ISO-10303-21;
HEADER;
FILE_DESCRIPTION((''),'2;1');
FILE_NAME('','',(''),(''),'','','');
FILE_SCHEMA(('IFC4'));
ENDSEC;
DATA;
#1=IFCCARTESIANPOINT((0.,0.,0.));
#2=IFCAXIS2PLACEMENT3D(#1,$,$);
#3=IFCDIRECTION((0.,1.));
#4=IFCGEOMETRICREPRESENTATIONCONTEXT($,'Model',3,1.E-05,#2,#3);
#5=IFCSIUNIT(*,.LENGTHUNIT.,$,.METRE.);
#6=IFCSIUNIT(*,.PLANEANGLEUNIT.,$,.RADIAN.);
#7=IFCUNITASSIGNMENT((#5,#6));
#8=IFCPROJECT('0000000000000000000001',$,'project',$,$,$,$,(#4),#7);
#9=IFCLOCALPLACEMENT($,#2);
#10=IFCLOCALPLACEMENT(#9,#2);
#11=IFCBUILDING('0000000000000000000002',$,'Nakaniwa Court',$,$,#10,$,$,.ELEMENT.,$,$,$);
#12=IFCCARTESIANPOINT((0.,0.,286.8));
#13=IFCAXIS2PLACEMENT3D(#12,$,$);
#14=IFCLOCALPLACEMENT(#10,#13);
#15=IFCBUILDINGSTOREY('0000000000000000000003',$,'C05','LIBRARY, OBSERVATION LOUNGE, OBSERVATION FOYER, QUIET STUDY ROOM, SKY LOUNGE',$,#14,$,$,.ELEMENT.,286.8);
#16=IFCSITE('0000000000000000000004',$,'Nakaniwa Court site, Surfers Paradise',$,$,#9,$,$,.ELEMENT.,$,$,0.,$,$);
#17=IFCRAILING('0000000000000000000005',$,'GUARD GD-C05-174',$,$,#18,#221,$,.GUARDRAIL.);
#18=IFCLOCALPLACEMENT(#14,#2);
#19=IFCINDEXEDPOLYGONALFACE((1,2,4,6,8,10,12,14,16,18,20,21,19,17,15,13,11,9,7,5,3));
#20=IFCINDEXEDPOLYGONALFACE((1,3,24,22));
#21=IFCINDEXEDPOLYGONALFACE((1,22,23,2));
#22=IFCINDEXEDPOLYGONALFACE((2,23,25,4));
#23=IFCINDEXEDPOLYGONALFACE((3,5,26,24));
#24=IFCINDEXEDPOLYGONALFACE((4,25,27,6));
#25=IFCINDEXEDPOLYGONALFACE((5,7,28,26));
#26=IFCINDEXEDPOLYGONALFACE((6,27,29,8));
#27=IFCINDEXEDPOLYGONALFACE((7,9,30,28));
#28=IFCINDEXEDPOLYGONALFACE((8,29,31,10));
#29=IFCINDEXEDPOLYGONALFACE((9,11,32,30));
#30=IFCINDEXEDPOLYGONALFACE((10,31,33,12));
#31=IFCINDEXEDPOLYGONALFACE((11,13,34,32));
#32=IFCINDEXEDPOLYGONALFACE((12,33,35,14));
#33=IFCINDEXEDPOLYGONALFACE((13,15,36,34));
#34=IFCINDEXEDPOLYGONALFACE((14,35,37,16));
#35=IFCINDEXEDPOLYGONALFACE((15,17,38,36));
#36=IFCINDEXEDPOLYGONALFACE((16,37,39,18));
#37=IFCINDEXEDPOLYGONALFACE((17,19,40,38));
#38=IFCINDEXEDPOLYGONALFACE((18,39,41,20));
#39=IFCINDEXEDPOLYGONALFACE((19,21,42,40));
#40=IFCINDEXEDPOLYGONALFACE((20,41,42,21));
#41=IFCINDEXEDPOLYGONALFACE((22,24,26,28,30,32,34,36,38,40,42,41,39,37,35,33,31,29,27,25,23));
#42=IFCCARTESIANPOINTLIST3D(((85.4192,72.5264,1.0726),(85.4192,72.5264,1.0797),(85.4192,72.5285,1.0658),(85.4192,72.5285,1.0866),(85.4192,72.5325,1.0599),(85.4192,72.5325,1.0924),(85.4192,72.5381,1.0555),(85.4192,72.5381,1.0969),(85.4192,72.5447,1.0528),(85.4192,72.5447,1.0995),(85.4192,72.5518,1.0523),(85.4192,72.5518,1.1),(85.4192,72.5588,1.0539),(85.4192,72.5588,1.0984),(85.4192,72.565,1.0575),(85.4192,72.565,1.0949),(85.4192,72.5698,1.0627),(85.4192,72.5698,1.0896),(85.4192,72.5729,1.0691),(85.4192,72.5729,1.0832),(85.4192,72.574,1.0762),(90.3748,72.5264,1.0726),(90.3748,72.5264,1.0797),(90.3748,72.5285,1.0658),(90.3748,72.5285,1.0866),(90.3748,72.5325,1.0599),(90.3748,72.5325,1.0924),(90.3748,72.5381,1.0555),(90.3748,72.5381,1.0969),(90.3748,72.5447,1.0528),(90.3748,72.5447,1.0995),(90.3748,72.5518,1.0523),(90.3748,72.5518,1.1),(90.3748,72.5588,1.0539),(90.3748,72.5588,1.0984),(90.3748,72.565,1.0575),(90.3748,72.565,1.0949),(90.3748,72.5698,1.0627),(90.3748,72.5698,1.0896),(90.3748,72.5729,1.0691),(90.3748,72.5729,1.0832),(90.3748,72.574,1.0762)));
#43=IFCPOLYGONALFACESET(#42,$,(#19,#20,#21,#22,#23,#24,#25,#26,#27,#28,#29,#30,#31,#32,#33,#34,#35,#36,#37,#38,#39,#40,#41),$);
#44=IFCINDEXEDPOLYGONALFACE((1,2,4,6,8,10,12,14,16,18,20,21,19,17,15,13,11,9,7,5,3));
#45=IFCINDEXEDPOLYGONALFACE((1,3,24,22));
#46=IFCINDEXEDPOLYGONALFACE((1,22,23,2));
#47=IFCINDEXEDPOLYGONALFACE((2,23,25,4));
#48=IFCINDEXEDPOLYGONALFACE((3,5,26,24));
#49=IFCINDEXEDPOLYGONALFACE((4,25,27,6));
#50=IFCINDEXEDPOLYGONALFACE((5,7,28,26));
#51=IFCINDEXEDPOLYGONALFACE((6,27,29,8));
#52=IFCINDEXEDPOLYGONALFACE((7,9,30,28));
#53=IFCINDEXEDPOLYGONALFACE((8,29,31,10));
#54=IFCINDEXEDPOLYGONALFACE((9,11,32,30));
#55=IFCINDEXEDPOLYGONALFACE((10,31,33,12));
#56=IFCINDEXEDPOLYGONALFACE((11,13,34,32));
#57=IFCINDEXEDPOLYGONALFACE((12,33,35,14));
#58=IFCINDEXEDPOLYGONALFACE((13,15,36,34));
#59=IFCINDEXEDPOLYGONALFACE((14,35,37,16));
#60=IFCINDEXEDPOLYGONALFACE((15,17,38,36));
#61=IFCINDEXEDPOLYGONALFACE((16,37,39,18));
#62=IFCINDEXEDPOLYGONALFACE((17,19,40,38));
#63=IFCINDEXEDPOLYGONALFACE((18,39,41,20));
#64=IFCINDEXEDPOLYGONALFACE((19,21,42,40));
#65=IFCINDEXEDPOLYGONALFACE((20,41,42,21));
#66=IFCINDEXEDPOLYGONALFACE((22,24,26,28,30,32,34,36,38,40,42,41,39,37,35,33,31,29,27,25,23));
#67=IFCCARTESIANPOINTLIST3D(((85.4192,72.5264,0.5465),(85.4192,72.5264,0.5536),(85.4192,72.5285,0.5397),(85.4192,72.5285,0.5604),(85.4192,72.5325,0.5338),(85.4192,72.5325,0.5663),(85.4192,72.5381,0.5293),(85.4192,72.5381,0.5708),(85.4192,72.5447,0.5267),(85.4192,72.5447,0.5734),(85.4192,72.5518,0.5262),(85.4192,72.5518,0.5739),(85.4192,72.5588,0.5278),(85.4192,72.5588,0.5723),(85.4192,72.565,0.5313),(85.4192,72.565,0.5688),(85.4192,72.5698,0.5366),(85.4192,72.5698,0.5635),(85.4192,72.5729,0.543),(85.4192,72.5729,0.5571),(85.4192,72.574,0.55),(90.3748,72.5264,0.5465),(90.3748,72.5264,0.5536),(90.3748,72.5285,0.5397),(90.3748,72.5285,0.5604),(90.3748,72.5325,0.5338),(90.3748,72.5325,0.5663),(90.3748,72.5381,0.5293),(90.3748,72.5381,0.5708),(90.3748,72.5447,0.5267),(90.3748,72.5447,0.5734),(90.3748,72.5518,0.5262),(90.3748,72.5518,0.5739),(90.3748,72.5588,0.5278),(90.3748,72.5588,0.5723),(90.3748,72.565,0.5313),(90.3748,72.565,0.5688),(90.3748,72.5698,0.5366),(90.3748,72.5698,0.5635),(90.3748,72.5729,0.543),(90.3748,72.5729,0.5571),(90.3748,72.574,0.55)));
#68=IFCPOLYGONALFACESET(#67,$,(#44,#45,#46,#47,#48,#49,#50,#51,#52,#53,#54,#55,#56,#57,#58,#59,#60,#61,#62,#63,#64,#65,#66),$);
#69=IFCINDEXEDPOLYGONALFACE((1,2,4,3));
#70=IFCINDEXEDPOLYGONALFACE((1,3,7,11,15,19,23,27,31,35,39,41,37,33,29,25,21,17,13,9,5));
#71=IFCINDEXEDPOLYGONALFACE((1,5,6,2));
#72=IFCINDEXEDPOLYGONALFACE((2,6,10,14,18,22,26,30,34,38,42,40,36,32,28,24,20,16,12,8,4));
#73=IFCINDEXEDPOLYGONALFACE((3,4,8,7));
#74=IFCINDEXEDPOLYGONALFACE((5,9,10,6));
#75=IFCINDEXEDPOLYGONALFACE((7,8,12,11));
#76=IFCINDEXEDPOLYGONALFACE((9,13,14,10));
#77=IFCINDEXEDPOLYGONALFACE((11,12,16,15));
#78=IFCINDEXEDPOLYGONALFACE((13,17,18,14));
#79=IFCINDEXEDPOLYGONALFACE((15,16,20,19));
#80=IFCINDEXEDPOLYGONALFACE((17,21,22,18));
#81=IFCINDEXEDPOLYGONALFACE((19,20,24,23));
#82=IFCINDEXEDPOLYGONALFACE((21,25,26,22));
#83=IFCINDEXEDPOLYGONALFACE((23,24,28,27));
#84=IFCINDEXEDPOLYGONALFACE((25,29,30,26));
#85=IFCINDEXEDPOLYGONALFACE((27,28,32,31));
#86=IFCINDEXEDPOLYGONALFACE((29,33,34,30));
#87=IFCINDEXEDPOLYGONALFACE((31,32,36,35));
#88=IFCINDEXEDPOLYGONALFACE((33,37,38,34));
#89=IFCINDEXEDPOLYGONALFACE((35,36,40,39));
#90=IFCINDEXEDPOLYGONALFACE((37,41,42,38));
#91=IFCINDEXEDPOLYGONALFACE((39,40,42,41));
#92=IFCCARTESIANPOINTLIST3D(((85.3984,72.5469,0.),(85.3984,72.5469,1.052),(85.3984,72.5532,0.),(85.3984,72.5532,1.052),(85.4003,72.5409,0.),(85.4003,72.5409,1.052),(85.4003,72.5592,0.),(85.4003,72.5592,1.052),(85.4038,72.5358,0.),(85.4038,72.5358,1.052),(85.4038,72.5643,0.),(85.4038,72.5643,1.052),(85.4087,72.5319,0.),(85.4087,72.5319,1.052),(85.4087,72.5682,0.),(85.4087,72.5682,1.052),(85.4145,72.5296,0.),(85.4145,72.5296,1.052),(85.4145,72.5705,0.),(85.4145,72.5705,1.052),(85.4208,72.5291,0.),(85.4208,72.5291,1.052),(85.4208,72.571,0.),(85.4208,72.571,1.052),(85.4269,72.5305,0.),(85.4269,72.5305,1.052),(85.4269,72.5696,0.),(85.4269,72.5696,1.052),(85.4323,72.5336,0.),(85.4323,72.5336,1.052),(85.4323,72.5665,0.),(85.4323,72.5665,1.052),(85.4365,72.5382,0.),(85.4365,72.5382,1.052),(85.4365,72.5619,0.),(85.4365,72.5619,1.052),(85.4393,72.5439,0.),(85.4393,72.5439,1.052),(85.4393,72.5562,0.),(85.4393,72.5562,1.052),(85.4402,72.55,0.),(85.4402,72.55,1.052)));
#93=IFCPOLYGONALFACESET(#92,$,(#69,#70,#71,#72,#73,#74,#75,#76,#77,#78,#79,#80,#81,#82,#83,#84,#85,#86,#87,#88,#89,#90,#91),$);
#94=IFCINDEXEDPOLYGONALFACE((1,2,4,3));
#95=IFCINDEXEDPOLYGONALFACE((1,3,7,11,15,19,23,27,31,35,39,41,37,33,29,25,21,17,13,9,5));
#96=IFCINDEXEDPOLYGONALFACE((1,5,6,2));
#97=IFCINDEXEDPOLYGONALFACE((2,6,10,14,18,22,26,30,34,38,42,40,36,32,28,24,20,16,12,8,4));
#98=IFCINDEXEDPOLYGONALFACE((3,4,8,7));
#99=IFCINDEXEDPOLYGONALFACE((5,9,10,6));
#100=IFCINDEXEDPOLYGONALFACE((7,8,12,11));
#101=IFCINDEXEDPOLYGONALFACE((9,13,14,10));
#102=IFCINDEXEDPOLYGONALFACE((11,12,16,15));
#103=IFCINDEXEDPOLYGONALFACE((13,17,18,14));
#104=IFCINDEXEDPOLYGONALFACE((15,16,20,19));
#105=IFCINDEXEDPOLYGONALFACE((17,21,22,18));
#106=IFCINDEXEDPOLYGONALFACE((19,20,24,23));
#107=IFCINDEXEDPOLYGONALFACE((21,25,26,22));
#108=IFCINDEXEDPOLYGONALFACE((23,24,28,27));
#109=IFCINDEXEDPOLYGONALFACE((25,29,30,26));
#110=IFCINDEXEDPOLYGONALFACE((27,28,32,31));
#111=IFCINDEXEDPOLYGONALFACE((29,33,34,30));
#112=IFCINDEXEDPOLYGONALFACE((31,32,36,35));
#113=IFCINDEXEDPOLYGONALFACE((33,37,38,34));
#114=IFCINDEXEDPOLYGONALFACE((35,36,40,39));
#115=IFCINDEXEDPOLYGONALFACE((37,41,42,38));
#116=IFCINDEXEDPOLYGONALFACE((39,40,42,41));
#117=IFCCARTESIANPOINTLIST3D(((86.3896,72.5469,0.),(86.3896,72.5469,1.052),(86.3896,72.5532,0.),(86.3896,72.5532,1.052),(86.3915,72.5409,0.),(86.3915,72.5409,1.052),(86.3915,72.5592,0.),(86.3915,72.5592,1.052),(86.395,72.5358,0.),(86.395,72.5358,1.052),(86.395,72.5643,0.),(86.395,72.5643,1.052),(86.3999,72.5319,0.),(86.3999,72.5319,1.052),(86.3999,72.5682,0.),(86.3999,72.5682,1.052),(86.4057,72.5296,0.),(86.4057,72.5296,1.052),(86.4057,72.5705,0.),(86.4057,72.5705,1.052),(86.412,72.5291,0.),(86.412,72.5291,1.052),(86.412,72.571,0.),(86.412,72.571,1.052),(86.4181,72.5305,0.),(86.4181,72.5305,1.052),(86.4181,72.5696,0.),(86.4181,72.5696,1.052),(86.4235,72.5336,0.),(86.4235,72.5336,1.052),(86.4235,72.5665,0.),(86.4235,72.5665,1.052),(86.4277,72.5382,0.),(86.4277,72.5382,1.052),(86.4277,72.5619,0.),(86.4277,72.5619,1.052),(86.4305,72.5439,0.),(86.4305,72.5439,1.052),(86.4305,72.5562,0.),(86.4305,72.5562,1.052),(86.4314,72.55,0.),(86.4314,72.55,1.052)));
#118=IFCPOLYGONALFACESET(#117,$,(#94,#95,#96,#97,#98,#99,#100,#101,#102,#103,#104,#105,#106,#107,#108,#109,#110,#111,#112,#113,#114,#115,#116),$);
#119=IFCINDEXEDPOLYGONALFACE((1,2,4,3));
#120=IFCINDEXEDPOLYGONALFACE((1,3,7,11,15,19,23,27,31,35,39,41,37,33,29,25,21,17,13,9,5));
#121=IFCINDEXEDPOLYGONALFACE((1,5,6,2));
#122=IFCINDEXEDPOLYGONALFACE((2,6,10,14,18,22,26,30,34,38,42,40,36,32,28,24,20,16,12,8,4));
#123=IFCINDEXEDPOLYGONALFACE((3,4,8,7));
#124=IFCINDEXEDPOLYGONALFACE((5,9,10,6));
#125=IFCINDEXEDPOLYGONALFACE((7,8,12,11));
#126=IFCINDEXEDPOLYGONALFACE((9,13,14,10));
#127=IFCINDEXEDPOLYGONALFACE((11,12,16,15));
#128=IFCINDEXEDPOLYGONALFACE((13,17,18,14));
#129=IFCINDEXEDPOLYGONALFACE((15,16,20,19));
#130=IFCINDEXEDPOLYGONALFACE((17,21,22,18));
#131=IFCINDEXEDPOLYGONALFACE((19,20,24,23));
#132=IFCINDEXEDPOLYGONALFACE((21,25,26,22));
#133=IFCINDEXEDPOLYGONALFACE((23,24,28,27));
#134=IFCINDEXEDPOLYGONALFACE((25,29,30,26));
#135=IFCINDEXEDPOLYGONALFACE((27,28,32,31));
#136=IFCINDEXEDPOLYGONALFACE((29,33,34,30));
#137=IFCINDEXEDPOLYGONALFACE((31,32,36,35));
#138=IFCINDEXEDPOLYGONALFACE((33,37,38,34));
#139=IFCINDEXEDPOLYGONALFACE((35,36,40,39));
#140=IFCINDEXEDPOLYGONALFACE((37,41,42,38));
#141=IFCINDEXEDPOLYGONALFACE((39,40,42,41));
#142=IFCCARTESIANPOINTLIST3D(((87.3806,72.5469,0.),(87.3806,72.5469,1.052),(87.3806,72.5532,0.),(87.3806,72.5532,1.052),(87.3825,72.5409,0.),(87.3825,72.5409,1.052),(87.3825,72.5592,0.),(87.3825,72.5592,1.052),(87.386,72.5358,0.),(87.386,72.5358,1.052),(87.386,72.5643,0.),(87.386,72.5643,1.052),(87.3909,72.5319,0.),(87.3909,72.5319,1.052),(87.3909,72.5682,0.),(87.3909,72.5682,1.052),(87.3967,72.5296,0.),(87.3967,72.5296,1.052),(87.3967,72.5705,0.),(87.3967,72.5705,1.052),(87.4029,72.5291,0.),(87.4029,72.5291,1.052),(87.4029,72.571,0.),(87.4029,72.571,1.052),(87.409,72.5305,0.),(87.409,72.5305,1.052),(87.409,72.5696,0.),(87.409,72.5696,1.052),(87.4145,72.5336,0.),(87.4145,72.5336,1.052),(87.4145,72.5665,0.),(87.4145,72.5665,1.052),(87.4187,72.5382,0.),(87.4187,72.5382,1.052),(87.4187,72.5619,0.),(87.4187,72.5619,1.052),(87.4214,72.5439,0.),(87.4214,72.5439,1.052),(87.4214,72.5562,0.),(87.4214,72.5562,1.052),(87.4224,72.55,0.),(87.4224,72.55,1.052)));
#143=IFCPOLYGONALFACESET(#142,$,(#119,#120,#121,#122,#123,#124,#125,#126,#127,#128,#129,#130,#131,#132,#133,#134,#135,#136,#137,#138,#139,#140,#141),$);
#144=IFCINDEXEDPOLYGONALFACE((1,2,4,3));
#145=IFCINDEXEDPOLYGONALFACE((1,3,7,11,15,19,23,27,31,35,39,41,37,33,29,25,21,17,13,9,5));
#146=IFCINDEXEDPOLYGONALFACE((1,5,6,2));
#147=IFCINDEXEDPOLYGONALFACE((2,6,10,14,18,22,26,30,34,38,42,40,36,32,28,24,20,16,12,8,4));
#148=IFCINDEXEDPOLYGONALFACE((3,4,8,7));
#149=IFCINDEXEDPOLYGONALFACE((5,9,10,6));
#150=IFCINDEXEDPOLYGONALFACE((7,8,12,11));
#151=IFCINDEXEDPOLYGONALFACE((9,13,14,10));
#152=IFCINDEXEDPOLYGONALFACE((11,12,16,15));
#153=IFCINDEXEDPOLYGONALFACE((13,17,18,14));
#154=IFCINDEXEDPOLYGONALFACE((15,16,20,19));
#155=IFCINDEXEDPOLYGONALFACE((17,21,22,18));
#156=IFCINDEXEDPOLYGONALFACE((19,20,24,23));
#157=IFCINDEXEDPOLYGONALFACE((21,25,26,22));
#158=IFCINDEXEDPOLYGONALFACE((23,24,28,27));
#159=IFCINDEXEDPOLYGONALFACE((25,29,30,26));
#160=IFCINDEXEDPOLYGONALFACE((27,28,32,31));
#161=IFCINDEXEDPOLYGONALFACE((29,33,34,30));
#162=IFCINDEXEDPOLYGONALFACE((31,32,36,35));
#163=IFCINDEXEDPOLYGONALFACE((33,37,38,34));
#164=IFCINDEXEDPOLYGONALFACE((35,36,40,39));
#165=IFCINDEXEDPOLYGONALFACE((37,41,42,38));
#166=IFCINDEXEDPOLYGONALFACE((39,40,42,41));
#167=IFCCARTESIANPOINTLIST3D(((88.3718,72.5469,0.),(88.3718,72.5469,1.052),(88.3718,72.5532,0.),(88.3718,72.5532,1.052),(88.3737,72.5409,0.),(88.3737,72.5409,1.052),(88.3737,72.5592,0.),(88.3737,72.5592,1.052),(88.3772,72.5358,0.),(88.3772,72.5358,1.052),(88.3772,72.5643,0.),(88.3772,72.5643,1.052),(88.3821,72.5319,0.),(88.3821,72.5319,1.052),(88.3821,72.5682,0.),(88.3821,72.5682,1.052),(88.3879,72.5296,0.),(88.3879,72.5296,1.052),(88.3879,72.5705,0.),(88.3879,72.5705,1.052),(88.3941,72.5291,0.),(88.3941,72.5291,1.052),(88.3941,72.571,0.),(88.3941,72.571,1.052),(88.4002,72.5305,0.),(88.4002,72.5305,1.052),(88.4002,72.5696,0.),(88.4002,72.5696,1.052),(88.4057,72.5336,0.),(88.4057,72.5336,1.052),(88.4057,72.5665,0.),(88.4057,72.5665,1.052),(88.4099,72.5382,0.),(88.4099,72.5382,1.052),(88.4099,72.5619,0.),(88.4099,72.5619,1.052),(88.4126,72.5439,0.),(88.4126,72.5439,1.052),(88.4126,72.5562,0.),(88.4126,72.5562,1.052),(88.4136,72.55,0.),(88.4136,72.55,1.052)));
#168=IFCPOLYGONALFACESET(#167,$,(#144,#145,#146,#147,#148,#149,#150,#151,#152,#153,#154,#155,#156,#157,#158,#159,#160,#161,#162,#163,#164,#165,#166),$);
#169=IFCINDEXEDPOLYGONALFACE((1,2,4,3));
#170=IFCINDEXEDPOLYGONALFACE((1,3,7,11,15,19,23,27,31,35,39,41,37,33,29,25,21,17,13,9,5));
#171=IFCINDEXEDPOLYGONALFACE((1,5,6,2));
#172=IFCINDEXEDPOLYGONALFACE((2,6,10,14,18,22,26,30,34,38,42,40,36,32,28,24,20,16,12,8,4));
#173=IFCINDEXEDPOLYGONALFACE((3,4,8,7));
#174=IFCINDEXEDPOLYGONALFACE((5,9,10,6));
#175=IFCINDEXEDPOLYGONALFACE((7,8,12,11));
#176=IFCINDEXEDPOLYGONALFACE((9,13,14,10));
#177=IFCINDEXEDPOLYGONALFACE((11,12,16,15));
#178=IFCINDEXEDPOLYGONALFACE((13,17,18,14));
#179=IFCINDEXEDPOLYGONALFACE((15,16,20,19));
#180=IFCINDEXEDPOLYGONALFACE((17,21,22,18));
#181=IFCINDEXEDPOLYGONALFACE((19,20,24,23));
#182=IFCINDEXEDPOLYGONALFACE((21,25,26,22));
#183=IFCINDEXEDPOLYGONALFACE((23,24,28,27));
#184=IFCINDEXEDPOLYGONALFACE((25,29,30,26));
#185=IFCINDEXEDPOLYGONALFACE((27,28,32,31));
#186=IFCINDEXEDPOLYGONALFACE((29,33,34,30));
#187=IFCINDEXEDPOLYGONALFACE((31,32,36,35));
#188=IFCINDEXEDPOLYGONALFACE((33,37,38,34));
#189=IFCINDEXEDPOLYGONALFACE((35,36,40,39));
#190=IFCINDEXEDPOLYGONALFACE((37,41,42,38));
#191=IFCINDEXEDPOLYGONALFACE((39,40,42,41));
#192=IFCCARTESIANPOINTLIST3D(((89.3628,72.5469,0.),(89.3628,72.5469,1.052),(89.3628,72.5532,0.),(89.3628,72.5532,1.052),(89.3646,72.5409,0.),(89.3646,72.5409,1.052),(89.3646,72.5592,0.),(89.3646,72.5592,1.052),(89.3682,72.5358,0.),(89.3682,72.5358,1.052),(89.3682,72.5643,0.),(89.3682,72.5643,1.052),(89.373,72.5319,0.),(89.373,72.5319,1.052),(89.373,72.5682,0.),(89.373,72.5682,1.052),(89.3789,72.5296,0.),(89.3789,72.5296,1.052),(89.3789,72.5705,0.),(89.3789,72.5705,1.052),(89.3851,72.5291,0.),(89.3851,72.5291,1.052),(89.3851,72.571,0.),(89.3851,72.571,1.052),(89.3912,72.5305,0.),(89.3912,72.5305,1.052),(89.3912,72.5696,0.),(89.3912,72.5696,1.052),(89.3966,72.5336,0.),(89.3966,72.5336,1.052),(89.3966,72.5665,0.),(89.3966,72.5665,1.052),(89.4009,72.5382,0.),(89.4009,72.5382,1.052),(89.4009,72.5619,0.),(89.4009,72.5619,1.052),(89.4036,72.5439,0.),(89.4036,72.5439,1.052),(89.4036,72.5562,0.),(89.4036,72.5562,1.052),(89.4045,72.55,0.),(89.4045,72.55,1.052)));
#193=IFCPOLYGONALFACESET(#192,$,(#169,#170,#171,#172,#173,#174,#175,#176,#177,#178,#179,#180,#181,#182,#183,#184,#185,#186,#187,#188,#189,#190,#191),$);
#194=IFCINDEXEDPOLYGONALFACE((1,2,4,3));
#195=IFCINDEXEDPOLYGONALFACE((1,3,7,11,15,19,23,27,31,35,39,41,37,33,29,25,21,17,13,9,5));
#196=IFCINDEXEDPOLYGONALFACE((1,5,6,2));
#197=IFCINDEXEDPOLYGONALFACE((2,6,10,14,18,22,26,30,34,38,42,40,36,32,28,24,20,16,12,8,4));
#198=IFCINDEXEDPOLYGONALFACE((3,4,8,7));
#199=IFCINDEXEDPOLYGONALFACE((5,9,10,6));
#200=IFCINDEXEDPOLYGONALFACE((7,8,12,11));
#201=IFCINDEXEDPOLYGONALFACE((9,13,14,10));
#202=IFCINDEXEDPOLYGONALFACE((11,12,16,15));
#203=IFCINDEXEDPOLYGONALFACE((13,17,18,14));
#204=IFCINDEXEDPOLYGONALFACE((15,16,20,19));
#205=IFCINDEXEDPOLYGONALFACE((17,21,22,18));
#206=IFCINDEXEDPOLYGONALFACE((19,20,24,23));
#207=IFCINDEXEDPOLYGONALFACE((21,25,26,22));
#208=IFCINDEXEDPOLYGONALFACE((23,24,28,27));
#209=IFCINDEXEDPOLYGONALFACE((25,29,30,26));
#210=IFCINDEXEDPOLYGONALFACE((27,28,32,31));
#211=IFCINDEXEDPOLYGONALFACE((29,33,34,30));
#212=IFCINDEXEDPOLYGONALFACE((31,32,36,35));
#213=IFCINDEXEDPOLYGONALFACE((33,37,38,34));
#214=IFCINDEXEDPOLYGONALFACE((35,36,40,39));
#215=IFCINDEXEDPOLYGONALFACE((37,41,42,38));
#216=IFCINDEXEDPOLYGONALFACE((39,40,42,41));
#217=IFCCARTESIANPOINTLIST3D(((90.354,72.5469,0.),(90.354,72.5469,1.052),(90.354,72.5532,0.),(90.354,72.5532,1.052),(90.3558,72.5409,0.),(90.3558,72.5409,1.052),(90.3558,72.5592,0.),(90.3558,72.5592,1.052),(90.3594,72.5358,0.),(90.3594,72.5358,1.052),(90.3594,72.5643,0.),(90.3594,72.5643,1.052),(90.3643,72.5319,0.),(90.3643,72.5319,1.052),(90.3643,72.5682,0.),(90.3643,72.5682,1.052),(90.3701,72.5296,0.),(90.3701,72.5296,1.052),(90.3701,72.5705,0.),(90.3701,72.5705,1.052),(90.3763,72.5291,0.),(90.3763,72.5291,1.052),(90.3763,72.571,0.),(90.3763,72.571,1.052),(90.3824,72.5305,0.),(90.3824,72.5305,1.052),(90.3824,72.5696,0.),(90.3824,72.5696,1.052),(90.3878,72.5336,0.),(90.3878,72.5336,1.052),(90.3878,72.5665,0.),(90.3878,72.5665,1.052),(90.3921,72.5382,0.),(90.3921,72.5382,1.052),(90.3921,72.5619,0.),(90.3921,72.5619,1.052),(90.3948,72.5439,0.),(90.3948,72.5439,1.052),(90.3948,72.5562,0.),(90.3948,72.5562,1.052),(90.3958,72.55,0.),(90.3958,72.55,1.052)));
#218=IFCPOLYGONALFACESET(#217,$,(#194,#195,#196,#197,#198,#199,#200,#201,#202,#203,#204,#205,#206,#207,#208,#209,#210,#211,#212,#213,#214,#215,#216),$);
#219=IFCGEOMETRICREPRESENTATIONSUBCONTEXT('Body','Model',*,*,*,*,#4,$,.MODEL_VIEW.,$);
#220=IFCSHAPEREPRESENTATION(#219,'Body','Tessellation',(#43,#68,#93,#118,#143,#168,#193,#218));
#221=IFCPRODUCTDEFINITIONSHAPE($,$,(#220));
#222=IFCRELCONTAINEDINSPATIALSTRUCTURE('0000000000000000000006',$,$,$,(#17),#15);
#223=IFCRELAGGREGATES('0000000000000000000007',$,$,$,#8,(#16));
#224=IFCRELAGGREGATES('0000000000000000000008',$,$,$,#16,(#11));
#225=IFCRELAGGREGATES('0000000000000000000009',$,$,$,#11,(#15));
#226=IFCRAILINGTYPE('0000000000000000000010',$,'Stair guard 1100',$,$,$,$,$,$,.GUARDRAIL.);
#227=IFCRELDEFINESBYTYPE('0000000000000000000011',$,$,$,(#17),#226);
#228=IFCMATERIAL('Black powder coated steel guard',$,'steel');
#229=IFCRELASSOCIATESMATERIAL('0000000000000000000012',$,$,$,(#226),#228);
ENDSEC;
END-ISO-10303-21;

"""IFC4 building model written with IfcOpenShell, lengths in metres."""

from ifc_helpers import new_model, si_unit, direction, frame, origin, origin_2d, place, context, subcontext, project, spatial, circle, extrude, material, type_object, element, save


model = new_model("IFC4")

# Units and contexts
model_context = context("Model", 3, precision=1e-05, world=origin(), true_north=direction((0.0, 1.0)))
body_context = subcontext(model_context, "Body", "Model", "MODEL_VIEW")
ifc_project = project(units=[si_unit("LENGTHUNIT", "METRE"), si_unit("PLANEANGLEUNIT", "RADIAN")], contexts=[model_context])

# Site, building, storey
site_placement = place(None, origin())
site = spatial("IfcSite", under=ifc_project, at=site_placement, Name="Nakaniwa Court site, Surfers Paradise", CompositionType="ELEMENT", RefElevation=0.0)
building_placement = place(site_placement, origin())
building = spatial("IfcBuilding", under=site, at=building_placement, Name="Nakaniwa Court", CompositionType="ELEMENT")
storey_placement = place(building_placement, frame((0.0, 0.0, 286.8)))
storey = spatial("IfcBuildingStorey", under=building, at=storey_placement, Name="C05", Description="LIBRARY, OBSERVATION LOUNGE, OBSERVATION FOYER, QUIET STUDY ROOM, SKY LOUNGE", CompositionType="ELEMENT", Elevation=286.8)

# Railing
ifc_material_1 = material(Name="Black powder coated steel guard", Category="steel")
railing_type = type_object("IfcRailingType", Name="Stair guard 1100", PredefinedType="GUARDRAIL", material=ifc_material_1)
railing_1_placement = place(storey_placement, frame((85.4192, 72.55, 0.0)))
element("IfcRailing", 1, at=railing_1_placement, inside=storey, type_object=railing_type, Name="GUARD GD-C05-174", PredefinedType="GUARDRAIL", context=body_context, shape_type="SweptSolid", body=[
    extrude(circle(Radius=0.0239, at=origin_2d()), frame((0.0, 0.0, 1.0762), z_axis=(1.0, 0.0, 0.0), x_axis=(0.0, 1.0, 0.0)), (0.0, 0.0, 1.0), 4.9556),
    extrude(circle(Radius=0.0239, at=origin_2d()), frame((0.0, 0.0, 0.55), z_axis=(1.0, 0.0, 0.0), x_axis=(0.0, 1.0, 0.0)), (0.0, 0.0, 1.0), 4.9556),
    extrude(circle(Radius=0.021, at=origin_2d()), origin(), (0.0, 0.0, 1.0), 1.052),
    extrude(circle(Radius=0.021, at=origin_2d()), frame((0.9912, 0.0, 0.0)), (0.0, 0.0, 1.0), 1.052),
    extrude(circle(Radius=0.021, at=origin_2d()), frame((1.9822, 0.0, 0.0)), (0.0, 0.0, 1.0), 1.052),
    extrude(circle(Radius=0.021, at=origin_2d()), frame((2.9734, 0.0, 0.0)), (0.0, 0.0, 1.0), 1.052),
    extrude(circle(Radius=0.021, at=origin_2d()), frame((3.9644, 0.0, 0.0)), (0.0, 0.0, 1.0), 1.052),
    extrude(circle(Radius=0.021, at=origin_2d()), frame((4.9556, 0.0, 0.0)), (0.0, 0.0, 1.0), 1.052),
])

save(model, "model.ifc")
